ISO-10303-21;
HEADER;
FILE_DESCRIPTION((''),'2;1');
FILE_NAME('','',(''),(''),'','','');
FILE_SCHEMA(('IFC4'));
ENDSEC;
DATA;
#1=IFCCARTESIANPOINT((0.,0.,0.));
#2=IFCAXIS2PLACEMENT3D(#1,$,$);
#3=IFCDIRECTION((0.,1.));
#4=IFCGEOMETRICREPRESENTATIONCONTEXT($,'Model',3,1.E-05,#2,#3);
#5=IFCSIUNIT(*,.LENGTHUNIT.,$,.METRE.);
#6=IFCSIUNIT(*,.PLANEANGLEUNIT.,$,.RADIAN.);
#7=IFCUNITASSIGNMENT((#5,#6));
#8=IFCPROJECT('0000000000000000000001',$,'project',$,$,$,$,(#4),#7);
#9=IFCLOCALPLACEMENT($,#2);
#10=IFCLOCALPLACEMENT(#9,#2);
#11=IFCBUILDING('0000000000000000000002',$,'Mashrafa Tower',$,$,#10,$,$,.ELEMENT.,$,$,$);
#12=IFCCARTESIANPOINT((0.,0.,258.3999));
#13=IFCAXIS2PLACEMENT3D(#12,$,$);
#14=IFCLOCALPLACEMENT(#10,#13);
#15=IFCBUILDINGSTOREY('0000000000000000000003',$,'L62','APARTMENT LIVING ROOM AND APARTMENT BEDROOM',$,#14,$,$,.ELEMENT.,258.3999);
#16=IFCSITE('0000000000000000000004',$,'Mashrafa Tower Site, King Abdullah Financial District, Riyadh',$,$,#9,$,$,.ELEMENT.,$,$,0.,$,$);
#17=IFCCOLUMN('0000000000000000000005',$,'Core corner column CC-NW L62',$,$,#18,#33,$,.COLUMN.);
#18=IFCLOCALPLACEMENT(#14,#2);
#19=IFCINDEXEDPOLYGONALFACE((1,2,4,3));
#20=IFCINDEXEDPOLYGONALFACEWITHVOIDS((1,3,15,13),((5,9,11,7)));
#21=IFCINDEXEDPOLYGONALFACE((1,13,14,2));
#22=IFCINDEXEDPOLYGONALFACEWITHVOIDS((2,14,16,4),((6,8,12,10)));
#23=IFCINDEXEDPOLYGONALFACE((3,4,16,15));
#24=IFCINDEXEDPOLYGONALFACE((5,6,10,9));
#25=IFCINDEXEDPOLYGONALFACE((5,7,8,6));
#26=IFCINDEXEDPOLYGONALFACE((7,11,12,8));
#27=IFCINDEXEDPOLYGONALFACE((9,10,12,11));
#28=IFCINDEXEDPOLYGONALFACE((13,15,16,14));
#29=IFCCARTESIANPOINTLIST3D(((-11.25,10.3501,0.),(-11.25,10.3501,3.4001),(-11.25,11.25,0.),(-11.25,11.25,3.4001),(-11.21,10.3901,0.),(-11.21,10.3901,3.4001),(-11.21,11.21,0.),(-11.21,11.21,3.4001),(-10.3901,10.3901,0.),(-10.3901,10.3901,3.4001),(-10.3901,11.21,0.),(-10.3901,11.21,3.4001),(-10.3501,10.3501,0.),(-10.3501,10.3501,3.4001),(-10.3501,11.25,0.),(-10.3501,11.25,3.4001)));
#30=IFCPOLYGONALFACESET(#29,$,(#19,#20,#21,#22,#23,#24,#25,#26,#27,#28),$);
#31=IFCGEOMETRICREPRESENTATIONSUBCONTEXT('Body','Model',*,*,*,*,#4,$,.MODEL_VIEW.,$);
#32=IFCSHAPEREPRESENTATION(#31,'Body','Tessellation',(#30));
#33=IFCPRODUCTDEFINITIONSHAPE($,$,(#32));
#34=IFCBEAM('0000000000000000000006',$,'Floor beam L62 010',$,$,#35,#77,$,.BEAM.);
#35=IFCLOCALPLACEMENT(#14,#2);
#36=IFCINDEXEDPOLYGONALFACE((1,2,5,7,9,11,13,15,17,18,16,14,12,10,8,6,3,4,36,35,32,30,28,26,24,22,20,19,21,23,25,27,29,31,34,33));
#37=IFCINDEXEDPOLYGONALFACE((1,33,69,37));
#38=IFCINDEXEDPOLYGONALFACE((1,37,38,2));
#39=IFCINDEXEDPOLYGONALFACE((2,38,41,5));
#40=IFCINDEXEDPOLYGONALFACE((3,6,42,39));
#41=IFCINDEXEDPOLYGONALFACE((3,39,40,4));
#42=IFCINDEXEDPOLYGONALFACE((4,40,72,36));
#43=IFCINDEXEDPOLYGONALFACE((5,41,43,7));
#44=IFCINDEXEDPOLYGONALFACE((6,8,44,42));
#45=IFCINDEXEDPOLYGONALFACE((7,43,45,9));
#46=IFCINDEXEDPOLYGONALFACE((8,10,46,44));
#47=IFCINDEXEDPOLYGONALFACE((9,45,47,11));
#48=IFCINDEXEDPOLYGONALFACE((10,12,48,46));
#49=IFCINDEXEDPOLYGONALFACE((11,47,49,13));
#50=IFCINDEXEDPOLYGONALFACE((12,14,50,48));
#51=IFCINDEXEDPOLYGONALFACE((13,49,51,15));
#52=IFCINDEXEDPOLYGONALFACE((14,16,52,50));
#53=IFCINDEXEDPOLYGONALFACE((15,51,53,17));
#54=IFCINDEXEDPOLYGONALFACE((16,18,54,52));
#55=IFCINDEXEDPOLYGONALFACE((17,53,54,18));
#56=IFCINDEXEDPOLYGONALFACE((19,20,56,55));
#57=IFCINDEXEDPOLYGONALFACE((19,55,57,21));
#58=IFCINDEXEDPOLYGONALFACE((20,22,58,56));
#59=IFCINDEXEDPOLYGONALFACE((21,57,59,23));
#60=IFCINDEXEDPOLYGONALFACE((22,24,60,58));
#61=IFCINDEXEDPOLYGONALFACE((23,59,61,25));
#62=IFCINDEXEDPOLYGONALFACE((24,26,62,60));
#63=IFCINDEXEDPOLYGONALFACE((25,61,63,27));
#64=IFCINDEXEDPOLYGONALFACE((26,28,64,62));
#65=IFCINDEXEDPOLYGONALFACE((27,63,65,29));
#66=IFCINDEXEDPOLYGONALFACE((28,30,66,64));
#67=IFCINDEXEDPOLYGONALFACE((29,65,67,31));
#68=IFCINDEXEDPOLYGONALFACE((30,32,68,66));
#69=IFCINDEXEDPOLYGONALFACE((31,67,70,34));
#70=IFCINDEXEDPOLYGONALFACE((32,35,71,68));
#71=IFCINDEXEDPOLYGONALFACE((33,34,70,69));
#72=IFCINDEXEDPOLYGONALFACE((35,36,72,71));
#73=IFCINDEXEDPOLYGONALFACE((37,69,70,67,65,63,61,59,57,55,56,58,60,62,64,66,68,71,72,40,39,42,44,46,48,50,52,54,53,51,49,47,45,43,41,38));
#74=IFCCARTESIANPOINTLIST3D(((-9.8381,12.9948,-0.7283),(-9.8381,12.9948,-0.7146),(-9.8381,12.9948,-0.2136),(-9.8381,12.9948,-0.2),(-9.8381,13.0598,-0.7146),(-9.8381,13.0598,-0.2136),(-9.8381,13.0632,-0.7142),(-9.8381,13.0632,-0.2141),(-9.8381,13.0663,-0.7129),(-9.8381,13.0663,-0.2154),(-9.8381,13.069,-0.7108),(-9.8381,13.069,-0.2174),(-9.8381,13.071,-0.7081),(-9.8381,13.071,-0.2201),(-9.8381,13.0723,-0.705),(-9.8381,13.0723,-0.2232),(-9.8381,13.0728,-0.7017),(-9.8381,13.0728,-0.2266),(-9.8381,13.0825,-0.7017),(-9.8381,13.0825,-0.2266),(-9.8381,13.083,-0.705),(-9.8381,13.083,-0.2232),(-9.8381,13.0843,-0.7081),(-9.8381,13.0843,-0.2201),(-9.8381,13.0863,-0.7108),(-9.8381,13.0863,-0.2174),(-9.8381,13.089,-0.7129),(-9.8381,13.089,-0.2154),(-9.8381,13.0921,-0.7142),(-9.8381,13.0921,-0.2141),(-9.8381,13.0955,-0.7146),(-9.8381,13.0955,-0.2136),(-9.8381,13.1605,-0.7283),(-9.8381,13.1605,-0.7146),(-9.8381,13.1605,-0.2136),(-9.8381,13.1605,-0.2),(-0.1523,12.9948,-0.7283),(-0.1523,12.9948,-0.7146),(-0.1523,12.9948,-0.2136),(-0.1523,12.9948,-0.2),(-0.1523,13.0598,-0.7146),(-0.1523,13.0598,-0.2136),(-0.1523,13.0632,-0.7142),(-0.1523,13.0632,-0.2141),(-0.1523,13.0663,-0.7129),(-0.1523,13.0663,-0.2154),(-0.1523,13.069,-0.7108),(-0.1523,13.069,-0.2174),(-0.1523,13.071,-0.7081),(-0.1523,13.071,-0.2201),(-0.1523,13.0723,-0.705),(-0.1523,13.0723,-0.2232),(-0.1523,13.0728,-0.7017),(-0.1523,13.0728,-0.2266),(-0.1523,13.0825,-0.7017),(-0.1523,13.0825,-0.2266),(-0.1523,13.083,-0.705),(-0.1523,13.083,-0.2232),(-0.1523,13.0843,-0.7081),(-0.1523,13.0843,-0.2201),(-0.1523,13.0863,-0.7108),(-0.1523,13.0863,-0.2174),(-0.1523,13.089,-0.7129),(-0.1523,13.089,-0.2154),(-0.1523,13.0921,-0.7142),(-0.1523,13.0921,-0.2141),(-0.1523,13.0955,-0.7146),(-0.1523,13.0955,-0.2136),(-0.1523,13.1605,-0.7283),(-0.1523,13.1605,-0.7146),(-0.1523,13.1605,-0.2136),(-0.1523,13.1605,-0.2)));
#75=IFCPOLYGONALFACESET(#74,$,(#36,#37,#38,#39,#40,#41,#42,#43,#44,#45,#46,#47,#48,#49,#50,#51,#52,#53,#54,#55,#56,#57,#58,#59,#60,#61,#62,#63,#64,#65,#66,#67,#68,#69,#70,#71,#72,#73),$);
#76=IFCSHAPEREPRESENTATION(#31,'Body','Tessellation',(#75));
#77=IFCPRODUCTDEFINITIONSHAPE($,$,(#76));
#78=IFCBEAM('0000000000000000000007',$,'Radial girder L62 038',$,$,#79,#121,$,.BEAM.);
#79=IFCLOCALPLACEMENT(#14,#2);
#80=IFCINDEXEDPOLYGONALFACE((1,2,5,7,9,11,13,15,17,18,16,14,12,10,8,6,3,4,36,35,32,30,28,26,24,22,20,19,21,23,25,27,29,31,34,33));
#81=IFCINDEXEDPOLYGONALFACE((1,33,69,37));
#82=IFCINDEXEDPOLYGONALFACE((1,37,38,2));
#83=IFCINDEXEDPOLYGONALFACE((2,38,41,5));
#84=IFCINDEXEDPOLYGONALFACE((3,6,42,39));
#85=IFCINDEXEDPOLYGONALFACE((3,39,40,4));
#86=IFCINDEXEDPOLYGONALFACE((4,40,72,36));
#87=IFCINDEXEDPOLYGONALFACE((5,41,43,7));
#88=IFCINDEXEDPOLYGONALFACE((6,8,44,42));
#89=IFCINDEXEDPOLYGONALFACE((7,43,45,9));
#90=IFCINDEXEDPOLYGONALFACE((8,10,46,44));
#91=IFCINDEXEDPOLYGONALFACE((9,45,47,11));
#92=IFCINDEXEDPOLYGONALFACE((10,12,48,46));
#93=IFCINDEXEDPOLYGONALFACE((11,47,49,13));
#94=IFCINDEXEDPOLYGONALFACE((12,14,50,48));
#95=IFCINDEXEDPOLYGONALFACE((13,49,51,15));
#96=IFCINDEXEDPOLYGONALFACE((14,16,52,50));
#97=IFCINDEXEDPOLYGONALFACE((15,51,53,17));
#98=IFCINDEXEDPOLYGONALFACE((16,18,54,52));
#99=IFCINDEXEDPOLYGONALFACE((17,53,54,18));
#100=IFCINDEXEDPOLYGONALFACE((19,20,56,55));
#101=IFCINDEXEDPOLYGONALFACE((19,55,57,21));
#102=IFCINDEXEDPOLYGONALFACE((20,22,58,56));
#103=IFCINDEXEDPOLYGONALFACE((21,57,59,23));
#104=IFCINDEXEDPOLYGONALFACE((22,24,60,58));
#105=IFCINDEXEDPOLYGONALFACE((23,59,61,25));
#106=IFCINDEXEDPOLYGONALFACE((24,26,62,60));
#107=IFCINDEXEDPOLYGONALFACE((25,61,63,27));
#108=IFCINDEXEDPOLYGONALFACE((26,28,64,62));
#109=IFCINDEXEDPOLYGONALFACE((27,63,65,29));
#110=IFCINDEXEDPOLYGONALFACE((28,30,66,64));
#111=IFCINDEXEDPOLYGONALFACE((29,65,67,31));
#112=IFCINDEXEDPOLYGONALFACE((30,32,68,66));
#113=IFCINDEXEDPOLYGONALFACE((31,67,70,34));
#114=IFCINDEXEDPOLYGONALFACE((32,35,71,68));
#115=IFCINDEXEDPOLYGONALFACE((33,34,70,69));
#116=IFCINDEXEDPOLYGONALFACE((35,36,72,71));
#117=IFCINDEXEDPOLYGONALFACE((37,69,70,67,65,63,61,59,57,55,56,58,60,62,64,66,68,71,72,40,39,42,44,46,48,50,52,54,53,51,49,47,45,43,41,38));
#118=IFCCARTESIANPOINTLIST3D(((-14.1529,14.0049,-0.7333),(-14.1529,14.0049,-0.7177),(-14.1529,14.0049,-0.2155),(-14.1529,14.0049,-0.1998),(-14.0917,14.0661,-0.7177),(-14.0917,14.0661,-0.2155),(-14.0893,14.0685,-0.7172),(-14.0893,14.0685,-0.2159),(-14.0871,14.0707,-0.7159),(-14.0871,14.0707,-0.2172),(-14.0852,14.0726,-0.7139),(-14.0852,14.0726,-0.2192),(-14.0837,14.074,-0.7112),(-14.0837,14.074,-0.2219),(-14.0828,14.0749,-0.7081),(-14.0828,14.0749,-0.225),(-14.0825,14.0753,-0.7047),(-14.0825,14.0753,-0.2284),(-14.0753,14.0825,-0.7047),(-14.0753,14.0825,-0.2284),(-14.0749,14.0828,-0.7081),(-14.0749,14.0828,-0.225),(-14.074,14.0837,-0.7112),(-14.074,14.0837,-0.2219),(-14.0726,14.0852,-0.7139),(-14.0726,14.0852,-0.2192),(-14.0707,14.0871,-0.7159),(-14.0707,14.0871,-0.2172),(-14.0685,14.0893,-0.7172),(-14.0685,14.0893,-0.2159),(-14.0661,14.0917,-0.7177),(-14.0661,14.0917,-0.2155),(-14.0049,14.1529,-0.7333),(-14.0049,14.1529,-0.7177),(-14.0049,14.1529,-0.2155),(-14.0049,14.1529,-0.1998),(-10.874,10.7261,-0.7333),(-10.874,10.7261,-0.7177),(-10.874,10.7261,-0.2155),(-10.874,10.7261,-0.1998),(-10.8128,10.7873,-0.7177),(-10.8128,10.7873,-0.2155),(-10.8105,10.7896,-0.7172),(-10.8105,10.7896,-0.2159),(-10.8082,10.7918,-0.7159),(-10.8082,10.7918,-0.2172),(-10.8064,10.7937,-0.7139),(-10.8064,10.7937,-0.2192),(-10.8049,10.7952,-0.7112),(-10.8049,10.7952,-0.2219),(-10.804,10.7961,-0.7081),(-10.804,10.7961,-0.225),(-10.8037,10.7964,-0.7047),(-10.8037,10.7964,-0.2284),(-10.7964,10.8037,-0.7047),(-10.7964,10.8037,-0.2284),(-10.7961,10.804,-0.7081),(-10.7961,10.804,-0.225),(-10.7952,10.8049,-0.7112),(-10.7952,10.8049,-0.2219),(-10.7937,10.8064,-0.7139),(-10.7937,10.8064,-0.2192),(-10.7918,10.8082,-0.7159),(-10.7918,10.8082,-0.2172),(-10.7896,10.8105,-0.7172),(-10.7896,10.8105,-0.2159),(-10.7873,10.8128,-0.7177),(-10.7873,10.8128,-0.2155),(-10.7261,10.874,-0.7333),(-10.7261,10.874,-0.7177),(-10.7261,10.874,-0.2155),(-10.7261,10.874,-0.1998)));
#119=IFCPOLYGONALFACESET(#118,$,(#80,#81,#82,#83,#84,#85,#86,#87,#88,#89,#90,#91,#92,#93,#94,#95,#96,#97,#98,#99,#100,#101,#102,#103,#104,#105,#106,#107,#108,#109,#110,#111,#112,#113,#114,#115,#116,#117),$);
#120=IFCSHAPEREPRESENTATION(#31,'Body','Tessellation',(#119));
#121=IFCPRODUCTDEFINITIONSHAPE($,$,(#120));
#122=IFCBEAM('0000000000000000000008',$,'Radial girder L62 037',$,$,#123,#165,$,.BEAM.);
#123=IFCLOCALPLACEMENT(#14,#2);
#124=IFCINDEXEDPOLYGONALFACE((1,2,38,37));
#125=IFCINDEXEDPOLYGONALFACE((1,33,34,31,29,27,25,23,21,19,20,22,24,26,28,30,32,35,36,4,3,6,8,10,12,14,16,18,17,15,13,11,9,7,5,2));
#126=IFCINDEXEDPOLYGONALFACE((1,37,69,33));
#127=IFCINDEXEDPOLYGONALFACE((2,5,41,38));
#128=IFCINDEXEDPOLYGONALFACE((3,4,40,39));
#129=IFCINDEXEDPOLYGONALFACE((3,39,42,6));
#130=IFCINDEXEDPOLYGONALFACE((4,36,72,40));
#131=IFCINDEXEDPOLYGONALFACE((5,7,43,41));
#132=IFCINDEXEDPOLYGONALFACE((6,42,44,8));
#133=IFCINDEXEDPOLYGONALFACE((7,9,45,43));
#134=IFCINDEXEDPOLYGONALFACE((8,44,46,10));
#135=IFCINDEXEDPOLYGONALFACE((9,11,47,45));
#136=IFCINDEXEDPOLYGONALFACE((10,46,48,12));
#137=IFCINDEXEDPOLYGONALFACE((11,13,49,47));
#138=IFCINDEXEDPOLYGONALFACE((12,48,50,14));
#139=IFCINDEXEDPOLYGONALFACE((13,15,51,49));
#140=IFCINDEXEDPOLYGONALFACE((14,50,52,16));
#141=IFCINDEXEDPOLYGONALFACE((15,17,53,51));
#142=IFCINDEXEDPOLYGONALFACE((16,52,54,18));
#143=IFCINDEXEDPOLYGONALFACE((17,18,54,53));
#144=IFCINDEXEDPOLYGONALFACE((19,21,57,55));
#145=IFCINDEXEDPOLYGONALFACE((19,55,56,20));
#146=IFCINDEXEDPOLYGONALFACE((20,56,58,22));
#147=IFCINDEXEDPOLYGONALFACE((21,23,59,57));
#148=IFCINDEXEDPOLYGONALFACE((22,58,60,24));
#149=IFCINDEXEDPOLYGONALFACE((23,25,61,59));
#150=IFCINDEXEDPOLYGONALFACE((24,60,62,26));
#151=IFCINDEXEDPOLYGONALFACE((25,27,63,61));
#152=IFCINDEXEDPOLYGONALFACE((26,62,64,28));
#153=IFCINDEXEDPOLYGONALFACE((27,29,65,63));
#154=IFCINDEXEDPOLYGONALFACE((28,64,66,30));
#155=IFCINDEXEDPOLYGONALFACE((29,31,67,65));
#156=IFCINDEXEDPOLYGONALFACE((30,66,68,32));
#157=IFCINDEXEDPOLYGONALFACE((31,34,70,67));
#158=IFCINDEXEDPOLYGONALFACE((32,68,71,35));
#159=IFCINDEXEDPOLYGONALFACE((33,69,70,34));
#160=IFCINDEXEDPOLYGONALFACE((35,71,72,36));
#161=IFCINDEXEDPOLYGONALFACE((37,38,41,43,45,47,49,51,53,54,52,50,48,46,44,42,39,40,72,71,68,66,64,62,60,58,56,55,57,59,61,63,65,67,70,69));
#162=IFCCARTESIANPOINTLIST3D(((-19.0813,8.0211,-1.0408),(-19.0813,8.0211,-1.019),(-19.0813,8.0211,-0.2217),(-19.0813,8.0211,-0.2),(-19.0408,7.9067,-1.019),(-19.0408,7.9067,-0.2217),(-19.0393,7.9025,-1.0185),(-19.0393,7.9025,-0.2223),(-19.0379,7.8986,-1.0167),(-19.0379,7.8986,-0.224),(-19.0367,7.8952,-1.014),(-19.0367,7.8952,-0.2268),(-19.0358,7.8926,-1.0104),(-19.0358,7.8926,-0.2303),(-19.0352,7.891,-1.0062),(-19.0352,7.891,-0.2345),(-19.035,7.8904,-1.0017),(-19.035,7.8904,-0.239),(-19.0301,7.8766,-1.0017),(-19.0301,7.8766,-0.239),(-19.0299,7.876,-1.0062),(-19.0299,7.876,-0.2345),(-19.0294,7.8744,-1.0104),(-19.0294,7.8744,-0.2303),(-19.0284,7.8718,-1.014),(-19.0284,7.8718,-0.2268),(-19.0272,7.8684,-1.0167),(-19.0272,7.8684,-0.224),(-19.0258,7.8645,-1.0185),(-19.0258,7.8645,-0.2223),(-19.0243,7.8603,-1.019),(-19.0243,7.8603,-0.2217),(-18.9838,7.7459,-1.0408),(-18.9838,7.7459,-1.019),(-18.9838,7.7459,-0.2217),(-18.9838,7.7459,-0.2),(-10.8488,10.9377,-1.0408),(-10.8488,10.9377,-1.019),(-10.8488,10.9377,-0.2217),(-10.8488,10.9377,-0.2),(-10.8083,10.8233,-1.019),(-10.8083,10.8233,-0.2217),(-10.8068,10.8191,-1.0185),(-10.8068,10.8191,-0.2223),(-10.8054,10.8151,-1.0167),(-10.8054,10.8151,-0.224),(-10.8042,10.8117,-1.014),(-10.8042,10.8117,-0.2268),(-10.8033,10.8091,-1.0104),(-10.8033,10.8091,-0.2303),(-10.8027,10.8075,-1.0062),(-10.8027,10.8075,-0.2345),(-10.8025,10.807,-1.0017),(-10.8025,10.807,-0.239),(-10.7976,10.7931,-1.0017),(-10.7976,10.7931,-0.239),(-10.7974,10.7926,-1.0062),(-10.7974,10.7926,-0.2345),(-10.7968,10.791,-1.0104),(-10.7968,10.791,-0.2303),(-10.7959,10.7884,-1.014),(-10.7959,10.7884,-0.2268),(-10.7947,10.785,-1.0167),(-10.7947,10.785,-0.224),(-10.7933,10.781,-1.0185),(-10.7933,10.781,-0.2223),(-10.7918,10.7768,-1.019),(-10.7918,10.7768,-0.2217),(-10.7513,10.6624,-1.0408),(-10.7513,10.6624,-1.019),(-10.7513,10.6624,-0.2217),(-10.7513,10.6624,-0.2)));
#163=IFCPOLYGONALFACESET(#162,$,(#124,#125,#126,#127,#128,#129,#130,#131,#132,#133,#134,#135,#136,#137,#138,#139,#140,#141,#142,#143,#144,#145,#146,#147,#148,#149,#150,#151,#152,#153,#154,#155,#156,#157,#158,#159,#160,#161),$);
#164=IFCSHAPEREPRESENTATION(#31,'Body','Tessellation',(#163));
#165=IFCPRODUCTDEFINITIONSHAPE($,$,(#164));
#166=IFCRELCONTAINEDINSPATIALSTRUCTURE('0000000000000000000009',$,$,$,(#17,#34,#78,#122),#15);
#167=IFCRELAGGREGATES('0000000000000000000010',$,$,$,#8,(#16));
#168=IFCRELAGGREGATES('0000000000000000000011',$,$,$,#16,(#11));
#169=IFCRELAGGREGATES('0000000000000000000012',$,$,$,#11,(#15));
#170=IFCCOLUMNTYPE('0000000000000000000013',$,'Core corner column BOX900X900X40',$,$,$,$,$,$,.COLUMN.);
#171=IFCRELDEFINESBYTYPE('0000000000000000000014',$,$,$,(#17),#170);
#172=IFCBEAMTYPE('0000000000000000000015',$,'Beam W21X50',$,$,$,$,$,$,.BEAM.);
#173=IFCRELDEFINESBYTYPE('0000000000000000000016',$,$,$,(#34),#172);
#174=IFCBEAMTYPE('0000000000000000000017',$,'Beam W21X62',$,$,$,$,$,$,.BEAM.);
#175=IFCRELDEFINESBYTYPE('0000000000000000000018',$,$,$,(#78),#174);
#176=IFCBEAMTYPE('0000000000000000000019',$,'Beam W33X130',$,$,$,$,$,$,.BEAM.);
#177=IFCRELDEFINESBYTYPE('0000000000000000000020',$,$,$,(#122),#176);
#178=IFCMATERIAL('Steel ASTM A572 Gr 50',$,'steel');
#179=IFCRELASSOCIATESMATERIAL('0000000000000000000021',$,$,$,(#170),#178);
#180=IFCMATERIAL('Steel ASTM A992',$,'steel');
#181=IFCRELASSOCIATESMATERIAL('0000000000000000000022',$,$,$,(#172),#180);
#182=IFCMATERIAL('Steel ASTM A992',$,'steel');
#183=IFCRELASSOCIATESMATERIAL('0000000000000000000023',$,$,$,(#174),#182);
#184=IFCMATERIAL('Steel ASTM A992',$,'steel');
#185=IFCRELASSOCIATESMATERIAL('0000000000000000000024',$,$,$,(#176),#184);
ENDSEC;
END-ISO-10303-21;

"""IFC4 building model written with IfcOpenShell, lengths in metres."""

from ifc_helpers import new_model, si_unit, direction, frame, origin, origin_2d, place, context, subcontext, project, spatial, hollow_rectangle, i_section, extrude, material, material_profile, profile_set, type_object, element, save


model = new_model("IFC4")

# Units and contexts
model_context = context("Model", 3, precision=1e-05, world=origin(), true_north=direction((0.0, 1.0)))
body_context = subcontext(model_context, "Body", "Model", "MODEL_VIEW")
ifc_project = project(units=[si_unit("LENGTHUNIT", "METRE"), si_unit("PLANEANGLEUNIT", "RADIAN")], contexts=[model_context])

# Site, building, storey
site_placement = place(None, origin())
site = spatial("IfcSite", under=ifc_project, at=site_placement, Name="Mashrafa Tower Site, King Abdullah Financial District, Riyadh", CompositionType="ELEMENT", RefElevation=0.0)
building_placement = place(site_placement, origin())
building = spatial("IfcBuilding", under=site, at=building_placement, Name="Mashrafa Tower", CompositionType="ELEMENT")
storey_placement = place(building_placement, frame((0.0, 0.0, 258.3999)))
storey = spatial("IfcBuildingStorey", under=building, at=storey_placement, Name="L62", Description="APARTMENT LIVING ROOM AND APARTMENT BEDROOM", CompositionType="ELEMENT", Elevation=258.3999)

# Column
ifc_material_1 = material(Name="Steel ASTM A572 Gr 50", Category="steel")
ifc_material_profile_1 = material_profile(ifc_material_1, hollow_rectangle(XDim=0.8999, YDim=0.8999, WallThickness=0.04, at=origin_2d()), Name="BOX900X900X40")
ifc_profile_set_1 = profile_set([ifc_material_profile_1], Name="Steel ASTM A572 Gr 50")
column_type = type_object("IfcColumnType", Name="Core corner column BOX900X900X40", PredefinedType="COLUMN", material=ifc_profile_set_1)
column_placement = place(storey_placement, frame((-10.8, 10.8, 0.0), z_axis=(0.0, 0.0, 1.0), x_axis=(1.0, 0.0, 0.0)))
element("IfcColumn", 1, at=column_placement, inside=storey, type_object=column_type, Name="Core corner column CC-NW L62", PredefinedType="COLUMN", context=body_context, shape_type="SweptSolid", body=[
    extrude(hollow_rectangle(XDim=0.8999, YDim=0.8999, WallThickness=0.04, at=origin_2d()), origin(), (0.0, 0.0, 1.0), 3.4001),
])

# Beams
ifc_material_2 = material(Name="Steel ASTM A992", Category="steel")
ifc_material_profile_2 = material_profile(ifc_material_2, i_section(OverallWidth=0.1658, OverallDepth=0.5283, WebThickness=0.0098, FlangeThickness=0.0137, FilletRadius=0.0129, at=origin_2d()), Name="W21X50")
ifc_profile_set_2 = profile_set([ifc_material_profile_2], Name="Steel ASTM A992")
beam_type_1 = type_object("IfcBeamType", Name="Beam W21X50", PredefinedType="BEAM", material=ifc_profile_set_2)
beam_1_placement = place(storey_placement, frame((-9.8381, 13.0776, -0.4641), z_axis=(1.0, 0.0, 0.0), x_axis=(0.0, 1.0, 0.0)))
element("IfcBeam", 2, at=beam_1_placement, inside=storey, type_object=beam_type_1, Name="Floor beam L62 010", PredefinedType="BEAM", context=body_context, shape_type="SweptSolid", body=[
    extrude(i_section(OverallWidth=0.1658, OverallDepth=0.5283, WebThickness=0.0098, FlangeThickness=0.0137, FilletRadius=0.0129, at=origin_2d()), origin(), (0.0, 0.0, 1.0), 9.6858),
])
ifc_material_3 = material(Name="Steel ASTM A992", Category="steel")
ifc_material_profile_3 = material_profile(ifc_material_3, i_section(OverallWidth=0.2092, OverallDepth=0.5334, WebThickness=0.0103, FlangeThickness=0.0156, FilletRadius=0.0129, at=origin_2d()), Name="W21X62")
ifc_profile_set_3 = profile_set([ifc_material_profile_3], Name="Steel ASTM A992")
beam_type_2 = type_object("IfcBeamType", Name="Beam W21X62", PredefinedType="BEAM", material=ifc_profile_set_3)
beam_2_placement = place(storey_placement, frame((-10.8, 10.8, -0.4666), z_axis=(-0.707107, 0.707107, 0.0), x_axis=(-0.707107, -0.707107, 0.0)))
element("IfcBeam", 3, at=beam_2_placement, inside=storey, type_object=beam_type_2, Name="Radial girder L62 038", PredefinedType="BEAM", context=body_context, shape_type="SweptSolid", body=[
    extrude(i_section(OverallWidth=0.2092, OverallDepth=0.5334, WebThickness=0.0103, FlangeThickness=0.0156, FilletRadius=0.0129, at=origin_2d()), origin(), (0.0, 0.0, 1.0), 4.637),
])
ifc_material_4 = material(Name="Steel ASTM A992", Category="steel")
ifc_material_profile_4 = material_profile(ifc_material_4, i_section(OverallWidth=0.292, OverallDepth=0.8408, WebThickness=0.0146, FlangeThickness=0.0217, FilletRadius=0.0173, at=origin_2d()), Name="W33X130")
ifc_profile_set_4 = profile_set([ifc_material_profile_4], Name="Steel ASTM A992")
beam_type_3 = type_object("IfcBeamType", Name="Beam W33X130", PredefinedType="BEAM", material=ifc_profile_set_4)
for number, where, z_axis, x_axis, name in (
    (4, (-10.8, 10.8, -0.6204), (-0.942596, -0.333934, 0.0), (0.333934, -0.942596, 0.0), "Radial girder L62 037"),
):
    element("IfcBeam", number, at=place(storey_placement, frame(where, z_axis=z_axis, x_axis=x_axis)), inside=storey, type_object=beam_type_3, Name=name, PredefinedType="BEAM", context=body_context, shape_type="SweptSolid", body=[
        extrude(i_section(OverallWidth=0.292, OverallDepth=0.8408, WebThickness=0.0146, FlangeThickness=0.0217, FilletRadius=0.0173, at=origin_2d()), origin(), (0.0, 0.0, 1.0), 8.7339),
    ])

save(model, "model.ifc")
